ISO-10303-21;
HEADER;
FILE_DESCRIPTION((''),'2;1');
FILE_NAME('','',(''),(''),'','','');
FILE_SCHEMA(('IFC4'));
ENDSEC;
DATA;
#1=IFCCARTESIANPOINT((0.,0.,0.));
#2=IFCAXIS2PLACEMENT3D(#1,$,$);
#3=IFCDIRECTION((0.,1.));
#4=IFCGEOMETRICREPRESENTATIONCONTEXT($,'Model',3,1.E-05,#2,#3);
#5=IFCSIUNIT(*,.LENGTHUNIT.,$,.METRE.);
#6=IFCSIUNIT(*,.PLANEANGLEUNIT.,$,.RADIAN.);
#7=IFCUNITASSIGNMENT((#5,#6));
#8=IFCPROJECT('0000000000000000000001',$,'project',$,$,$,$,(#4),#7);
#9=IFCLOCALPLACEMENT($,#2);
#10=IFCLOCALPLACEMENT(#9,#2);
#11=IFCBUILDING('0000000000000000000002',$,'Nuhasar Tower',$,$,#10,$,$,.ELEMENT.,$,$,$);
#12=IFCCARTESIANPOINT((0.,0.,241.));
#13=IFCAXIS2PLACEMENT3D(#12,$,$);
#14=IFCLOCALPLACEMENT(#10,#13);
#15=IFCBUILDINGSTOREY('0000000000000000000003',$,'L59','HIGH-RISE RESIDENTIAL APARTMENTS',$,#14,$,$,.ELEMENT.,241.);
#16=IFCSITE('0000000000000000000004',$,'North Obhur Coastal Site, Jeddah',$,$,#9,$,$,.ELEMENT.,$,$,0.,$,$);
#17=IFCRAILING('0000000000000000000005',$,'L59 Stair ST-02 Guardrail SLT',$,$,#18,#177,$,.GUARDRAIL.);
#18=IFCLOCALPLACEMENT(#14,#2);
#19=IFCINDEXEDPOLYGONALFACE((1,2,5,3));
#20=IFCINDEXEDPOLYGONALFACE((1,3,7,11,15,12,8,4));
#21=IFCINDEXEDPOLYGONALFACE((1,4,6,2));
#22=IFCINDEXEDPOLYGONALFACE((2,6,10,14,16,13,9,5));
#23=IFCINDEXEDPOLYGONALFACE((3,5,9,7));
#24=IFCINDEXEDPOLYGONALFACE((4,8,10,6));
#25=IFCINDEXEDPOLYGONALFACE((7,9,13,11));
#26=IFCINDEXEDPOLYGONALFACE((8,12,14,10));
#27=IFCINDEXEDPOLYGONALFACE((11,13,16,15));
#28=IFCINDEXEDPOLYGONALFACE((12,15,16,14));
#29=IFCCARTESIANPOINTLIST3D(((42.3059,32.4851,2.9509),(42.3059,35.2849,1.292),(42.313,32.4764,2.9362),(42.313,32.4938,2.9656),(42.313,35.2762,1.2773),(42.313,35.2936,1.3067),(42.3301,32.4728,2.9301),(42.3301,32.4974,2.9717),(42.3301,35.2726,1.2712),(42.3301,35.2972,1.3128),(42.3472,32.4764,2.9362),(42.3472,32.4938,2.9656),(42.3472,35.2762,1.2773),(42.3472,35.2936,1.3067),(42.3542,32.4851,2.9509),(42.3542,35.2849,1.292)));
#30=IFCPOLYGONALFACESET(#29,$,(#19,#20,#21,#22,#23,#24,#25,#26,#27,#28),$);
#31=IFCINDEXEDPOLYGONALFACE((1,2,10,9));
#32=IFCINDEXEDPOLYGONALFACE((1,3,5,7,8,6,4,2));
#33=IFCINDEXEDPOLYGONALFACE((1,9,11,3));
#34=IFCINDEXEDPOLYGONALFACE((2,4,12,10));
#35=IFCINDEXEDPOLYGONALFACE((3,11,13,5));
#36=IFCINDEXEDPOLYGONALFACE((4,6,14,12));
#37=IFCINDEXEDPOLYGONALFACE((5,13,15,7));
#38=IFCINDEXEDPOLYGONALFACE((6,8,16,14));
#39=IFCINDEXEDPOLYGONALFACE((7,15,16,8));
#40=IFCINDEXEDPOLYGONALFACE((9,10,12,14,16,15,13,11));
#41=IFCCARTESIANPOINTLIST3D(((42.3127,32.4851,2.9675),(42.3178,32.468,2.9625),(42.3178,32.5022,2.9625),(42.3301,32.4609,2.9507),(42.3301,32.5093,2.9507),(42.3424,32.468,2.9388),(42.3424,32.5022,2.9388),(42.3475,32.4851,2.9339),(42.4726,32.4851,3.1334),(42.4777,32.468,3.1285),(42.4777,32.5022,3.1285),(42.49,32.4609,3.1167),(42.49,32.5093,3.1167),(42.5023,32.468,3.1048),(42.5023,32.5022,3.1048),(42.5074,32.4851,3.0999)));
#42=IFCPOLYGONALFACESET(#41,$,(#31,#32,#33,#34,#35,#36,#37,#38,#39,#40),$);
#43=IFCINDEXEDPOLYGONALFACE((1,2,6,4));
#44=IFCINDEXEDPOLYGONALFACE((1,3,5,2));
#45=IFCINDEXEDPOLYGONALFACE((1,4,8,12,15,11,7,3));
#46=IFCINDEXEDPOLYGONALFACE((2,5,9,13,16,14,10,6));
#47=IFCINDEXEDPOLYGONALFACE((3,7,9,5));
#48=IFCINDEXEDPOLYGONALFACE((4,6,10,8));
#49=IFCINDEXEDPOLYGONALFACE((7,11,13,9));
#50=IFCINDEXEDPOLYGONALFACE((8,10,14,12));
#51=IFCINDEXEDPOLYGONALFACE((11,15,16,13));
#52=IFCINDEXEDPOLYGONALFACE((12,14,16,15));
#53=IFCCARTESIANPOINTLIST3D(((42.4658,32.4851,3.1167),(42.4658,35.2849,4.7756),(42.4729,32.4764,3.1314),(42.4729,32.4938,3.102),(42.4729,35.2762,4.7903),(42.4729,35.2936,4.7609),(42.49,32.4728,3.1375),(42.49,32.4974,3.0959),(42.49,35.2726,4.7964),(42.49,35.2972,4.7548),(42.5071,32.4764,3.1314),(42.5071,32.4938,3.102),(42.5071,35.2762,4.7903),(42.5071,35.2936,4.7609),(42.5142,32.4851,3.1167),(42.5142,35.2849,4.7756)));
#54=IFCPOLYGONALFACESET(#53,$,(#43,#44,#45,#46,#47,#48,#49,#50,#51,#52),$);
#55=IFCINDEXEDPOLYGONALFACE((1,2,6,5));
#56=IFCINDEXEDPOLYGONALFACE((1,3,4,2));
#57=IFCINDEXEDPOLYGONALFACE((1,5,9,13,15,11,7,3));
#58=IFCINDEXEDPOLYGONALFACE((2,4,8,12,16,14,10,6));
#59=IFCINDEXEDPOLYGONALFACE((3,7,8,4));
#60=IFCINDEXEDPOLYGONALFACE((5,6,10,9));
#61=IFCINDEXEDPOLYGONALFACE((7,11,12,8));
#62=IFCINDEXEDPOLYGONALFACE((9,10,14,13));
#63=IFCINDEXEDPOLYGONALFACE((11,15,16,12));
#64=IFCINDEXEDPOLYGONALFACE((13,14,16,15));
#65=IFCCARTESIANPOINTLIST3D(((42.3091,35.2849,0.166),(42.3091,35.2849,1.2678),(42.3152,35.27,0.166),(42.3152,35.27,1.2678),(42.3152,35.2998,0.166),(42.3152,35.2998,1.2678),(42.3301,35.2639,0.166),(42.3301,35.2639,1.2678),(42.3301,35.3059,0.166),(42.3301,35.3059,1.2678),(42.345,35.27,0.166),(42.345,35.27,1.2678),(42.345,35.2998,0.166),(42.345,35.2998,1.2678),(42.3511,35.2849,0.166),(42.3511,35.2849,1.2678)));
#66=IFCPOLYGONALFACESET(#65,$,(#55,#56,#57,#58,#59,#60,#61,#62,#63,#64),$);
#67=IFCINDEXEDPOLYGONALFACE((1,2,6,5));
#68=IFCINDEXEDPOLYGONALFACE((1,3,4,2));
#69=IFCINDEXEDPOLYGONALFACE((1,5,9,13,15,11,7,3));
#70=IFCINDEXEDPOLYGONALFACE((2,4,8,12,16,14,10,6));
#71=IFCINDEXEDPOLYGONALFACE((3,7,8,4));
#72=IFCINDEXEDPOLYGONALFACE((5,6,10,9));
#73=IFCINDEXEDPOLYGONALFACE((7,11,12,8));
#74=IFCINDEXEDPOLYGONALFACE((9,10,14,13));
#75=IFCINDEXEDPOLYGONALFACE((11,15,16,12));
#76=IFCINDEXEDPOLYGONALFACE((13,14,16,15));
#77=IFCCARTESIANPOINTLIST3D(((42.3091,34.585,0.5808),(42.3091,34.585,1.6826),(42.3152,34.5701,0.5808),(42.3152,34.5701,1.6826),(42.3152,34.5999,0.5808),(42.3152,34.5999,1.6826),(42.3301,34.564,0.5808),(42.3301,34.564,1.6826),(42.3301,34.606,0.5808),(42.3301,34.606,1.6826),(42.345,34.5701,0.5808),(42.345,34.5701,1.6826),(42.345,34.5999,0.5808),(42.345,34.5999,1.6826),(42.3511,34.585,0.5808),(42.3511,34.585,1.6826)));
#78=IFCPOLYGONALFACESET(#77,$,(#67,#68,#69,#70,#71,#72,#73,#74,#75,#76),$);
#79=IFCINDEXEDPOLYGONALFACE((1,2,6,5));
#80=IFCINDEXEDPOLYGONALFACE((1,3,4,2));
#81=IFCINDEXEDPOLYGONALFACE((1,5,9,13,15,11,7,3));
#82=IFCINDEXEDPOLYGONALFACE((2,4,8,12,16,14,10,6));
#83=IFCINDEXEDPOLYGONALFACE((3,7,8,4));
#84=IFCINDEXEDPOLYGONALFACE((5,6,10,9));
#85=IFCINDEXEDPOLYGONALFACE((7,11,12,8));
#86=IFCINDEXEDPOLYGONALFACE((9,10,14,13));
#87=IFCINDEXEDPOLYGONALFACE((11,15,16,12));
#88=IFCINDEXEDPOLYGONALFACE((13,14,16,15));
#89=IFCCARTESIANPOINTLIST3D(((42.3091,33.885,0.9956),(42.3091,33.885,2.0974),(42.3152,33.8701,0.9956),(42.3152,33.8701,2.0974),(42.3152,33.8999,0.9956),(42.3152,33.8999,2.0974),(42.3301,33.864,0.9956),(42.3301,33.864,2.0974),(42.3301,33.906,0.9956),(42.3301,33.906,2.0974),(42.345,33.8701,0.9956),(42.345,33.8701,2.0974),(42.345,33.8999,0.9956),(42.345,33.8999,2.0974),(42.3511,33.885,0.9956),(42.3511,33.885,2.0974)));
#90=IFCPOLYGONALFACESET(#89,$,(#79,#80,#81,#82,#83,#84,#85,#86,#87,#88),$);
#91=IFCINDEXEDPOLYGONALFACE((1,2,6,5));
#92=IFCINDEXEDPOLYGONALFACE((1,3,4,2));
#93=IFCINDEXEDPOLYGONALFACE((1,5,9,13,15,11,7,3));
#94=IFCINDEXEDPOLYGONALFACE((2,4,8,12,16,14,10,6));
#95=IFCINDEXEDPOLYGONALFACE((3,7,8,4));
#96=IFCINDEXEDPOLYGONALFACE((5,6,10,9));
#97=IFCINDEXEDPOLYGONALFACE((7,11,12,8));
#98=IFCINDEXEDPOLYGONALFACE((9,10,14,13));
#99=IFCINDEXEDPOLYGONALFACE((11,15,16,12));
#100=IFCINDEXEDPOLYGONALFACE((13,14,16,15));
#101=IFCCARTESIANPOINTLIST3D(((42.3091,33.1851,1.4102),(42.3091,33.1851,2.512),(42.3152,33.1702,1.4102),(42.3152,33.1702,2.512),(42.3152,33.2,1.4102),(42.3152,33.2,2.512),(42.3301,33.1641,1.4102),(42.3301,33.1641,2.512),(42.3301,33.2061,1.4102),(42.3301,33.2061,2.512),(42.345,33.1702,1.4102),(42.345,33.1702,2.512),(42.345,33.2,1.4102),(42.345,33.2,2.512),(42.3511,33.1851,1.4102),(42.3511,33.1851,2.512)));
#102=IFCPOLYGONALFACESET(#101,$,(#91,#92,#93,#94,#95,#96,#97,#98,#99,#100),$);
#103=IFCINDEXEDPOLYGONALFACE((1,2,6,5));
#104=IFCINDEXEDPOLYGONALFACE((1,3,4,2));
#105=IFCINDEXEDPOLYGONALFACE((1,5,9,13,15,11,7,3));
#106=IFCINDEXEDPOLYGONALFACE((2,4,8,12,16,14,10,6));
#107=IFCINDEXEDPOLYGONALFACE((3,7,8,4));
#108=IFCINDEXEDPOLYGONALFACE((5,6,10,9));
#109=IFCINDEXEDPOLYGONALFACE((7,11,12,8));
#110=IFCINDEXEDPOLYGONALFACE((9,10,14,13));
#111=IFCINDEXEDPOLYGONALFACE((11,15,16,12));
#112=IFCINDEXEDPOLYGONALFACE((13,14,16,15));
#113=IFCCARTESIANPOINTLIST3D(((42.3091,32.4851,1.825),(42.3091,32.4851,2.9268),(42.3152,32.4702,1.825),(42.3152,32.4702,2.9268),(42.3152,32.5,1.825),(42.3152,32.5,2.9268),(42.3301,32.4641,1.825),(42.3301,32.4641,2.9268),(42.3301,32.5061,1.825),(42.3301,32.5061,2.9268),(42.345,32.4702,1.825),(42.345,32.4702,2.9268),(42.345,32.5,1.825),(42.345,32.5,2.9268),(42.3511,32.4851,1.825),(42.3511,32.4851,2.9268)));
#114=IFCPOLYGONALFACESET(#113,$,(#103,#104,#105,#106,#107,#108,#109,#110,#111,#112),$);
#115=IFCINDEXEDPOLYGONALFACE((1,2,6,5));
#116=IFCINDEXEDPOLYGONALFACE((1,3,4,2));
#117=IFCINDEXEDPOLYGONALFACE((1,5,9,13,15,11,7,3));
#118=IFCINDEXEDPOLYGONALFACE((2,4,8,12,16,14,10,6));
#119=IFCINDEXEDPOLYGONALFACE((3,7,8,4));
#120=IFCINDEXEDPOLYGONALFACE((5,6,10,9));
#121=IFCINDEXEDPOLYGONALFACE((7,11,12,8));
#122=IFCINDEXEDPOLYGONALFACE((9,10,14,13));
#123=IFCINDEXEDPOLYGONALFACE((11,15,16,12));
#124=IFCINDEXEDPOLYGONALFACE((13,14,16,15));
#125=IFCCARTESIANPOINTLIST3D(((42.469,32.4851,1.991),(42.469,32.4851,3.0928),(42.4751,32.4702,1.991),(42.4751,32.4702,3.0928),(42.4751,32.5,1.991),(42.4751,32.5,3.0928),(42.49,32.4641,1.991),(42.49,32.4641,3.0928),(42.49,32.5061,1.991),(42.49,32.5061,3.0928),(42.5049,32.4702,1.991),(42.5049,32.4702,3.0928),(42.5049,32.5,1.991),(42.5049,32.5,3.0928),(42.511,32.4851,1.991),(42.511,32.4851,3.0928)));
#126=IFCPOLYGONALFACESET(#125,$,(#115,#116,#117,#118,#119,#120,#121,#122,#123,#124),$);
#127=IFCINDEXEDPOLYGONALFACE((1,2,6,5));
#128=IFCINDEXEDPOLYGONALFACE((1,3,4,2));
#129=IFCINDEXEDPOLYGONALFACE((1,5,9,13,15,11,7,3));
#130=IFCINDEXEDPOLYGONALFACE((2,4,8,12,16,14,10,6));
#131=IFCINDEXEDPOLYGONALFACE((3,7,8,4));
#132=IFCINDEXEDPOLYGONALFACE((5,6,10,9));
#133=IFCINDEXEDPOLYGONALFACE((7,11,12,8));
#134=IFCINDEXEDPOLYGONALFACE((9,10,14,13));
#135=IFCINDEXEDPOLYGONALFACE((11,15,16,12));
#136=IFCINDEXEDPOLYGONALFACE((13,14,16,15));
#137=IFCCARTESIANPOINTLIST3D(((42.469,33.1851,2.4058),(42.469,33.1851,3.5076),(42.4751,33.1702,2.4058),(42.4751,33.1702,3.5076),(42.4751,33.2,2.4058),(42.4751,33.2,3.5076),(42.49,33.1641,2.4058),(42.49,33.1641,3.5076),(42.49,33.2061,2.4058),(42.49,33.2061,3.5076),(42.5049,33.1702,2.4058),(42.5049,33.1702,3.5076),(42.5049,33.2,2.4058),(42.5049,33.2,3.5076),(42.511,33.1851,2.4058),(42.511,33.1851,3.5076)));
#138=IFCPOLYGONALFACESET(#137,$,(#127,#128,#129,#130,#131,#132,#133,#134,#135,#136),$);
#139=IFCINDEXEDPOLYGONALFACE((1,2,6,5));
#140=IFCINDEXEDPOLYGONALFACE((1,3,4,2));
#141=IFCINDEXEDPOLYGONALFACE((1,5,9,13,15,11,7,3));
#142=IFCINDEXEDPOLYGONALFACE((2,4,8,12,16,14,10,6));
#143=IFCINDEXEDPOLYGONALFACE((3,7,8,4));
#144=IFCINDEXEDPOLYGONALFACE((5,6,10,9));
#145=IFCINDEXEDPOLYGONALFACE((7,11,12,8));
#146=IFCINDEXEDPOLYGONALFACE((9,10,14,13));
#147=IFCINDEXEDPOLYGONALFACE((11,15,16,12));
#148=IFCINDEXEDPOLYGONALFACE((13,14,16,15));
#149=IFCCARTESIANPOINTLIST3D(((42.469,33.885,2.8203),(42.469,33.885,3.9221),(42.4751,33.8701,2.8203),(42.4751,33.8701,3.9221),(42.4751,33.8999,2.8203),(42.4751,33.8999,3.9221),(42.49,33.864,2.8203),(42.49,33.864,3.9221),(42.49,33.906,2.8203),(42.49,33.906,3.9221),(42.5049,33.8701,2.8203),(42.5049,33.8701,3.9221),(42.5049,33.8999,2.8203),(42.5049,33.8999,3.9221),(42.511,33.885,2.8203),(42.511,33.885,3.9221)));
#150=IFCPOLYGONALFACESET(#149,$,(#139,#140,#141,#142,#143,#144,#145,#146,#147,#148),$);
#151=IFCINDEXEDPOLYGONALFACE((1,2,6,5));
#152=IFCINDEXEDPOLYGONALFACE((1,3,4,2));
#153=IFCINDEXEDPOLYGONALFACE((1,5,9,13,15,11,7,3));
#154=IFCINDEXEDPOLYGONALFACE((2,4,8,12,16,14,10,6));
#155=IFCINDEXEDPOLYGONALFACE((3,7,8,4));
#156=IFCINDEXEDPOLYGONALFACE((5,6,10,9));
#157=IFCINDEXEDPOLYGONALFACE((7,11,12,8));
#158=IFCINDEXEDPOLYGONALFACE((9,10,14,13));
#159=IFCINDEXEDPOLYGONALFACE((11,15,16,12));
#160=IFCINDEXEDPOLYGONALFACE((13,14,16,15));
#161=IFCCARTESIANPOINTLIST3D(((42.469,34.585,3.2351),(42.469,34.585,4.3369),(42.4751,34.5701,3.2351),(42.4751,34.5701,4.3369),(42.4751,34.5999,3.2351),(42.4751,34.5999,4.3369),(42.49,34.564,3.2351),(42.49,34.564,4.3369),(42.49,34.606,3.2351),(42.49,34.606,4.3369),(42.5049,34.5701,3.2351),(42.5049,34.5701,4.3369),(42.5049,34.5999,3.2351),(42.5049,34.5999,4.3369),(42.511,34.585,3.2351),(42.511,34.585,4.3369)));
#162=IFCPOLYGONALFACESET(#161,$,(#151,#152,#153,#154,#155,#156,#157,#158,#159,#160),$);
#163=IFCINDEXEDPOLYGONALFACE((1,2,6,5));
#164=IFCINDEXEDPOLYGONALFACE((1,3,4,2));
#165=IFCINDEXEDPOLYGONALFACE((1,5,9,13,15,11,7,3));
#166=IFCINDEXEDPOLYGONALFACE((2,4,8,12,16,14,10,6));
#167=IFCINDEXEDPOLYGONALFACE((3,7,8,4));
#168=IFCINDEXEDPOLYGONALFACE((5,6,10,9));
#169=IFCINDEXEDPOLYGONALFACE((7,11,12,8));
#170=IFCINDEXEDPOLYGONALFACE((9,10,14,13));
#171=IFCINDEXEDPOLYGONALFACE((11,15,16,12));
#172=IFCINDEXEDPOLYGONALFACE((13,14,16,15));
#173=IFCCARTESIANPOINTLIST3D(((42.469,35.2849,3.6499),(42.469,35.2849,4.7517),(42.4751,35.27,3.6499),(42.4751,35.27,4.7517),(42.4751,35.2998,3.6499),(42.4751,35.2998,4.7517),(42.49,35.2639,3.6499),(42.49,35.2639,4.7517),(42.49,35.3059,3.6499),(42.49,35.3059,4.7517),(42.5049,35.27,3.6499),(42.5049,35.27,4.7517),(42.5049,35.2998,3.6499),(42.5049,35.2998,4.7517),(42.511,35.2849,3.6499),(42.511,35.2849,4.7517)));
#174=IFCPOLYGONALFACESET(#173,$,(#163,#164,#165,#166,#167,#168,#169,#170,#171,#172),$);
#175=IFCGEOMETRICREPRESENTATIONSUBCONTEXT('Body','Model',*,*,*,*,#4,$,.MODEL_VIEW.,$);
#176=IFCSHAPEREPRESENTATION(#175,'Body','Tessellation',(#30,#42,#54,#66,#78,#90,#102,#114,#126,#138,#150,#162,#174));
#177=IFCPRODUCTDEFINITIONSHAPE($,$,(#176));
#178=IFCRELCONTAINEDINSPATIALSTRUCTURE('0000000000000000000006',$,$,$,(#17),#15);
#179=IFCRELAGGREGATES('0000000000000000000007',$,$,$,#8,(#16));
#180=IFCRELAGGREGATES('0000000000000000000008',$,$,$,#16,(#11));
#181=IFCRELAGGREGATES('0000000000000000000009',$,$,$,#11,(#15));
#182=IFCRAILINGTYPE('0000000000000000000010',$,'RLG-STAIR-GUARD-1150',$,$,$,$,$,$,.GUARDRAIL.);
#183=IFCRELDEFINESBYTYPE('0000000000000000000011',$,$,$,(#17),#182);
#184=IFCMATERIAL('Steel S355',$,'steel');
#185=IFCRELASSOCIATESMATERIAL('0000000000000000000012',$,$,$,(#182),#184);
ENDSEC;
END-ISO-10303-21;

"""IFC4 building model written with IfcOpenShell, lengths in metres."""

from ifc_helpers import new_model, si_unit, direction, frame, origin, place, context, subcontext, project, spatial, polyline, outline, extrude, material, type_object, element, save


model = new_model("IFC4")

# Units and contexts
model_context = context("Model", 3, precision=1e-05, world=origin(), true_north=direction((0.0, 1.0)))
body_context = subcontext(model_context, "Body", "Model", "MODEL_VIEW")
ifc_project = project(units=[si_unit("LENGTHUNIT", "METRE"), si_unit("PLANEANGLEUNIT", "RADIAN")], contexts=[model_context])

# Site, building, storey
site_placement = place(None, origin())
site = spatial("IfcSite", under=ifc_project, at=site_placement, Name="North Obhur Coastal Site, Jeddah", CompositionType="ELEMENT", RefElevation=0.0)
building_placement = place(site_placement, origin())
building = spatial("IfcBuilding", under=site, at=building_placement, Name="Nuhasar Tower", CompositionType="ELEMENT")
storey_placement = place(building_placement, frame((0.0, 0.0, 241.0)))
storey = spatial("IfcBuildingStorey", under=building, at=storey_placement, Name="L59", Description="HIGH-RISE RESIDENTIAL APARTMENTS", CompositionType="ELEMENT", Elevation=241.0)

# Shared definitions
ifc_material_1 = material(Name="Steel S355", Category="steel")

# Railing
railing_type_1 = type_object("IfcRailingType", Name="RLG-STAIR-GUARD-1150", PredefinedType="GUARDRAIL", material=ifc_material_1)
railing_1_placement = place(storey_placement, frame((42.3301, 35.2849, 0.166)))
element("IfcRailing", 1, at=railing_1_placement, inside=storey, type_object=railing_type_1, Name="L59 Stair ST-02 Guardrail SLT", PredefinedType="GUARDRAIL", context=body_context, shape_type="SweptSolid", body=[
    extrude(outline(polyline([(0.0242, 0.0), (0.0171, 0.0171), (0.0, 0.0242), (-0.0171, 0.0171), (-0.0242, 0.0), (-0.0171, -0.0171), (0.0, -0.0242), (0.0171, -0.0171), (0.0242, 0.0)])), frame((0.0, 0.0, 1.126), z_axis=(0.0, -0.86032, 0.509755), x_axis=(1.0, 0.0, 0.0)), (0.0, 0.0, 1.0), 3.2544),
    extrude(outline(polyline([(0.0242, 0.0), (0.0171, 0.0171), (0.0, 0.0242), (-0.0171, 0.0171), (-0.0242, 0.0), (-0.0171, -0.0171), (0.0, -0.0242), (0.0171, -0.0171), (0.0242, 0.0)])), frame((0.0, -2.7998, 2.7847), z_axis=(0.693743, 0.0, 0.720222), x_axis=(0.0, 1.0, 0.0)), (0.0, 0.0, 1.0), 0.2305),
    extrude(outline(polyline([(0.0242, 0.0), (0.0171, 0.0171), (0.0, 0.0242), (-0.0171, 0.0171), (-0.0242, 0.0), (-0.0171, -0.0171), (0.0, -0.0242), (0.0171, -0.0171), (0.0242, 0.0)])), frame((0.1599, -2.7998, 2.9507), z_axis=(0.0, 0.86032, 0.509755), x_axis=(-1.0, 0.0, 0.0)), (0.0, 0.0, 1.0), 3.2544),
    extrude(outline(polyline([(0.021, 0.0), (0.0149, 0.0149), (0.0, 0.021), (-0.0149, 0.0149), (-0.021, 0.0), (-0.0149, -0.0149), (0.0, -0.021), (0.0149, -0.0149), (0.021, 0.0)])), origin(), (0.0, 0.0, 1.0), 1.1018),
    extrude(outline(polyline([(0.021, 0.0), (0.0149, 0.0149), (0.0, 0.021), (-0.0149, 0.0149), (-0.021, 0.0), (-0.0149, -0.0149), (0.0, -0.021), (0.0149, -0.0149), (0.021, 0.0)])), frame((0.0, -0.7, 0.4148)), (0.0, 0.0, 1.0), 1.1018),
    extrude(outline(polyline([(0.021, 0.0), (0.0149, 0.0149), (0.0, 0.021), (-0.0149, 0.0149), (-0.021, 0.0), (-0.0149, -0.0149), (0.0, -0.021), (0.0149, -0.0149), (0.021, 0.0)])), frame((0.0, -1.3999, 0.8296)), (0.0, 0.0, 1.0), 1.1018),
    extrude(outline(polyline([(0.021, 0.0), (0.0149, 0.0149), (0.0, 0.021), (-0.0149, 0.0149), (-0.021, 0.0), (-0.0149, -0.0149), (0.0, -0.021), (0.0149, -0.0149), (0.021, 0.0)])), frame((0.0, -2.0999, 1.2441)), (0.0, 0.0, 1.0), 1.1018),
    extrude(outline(polyline([(0.021, 0.0), (0.0149, 0.0149), (0.0, 0.021), (-0.0149, 0.0149), (-0.021, 0.0), (-0.0149, -0.0149), (0.0, -0.021), (0.0149, -0.0149), (0.021, 0.0)])), frame((0.0, -2.7998, 1.6589)), (0.0, 0.0, 1.0), 1.1018),
    extrude(outline(polyline([(0.021, 0.0), (0.0149, 0.0149), (0.0, 0.021), (-0.0149, 0.0149), (-0.021, 0.0), (-0.0149, -0.0149), (0.0, -0.021), (0.0149, -0.0149), (0.021, 0.0)])), frame((0.1599, -2.7998, 1.825)), (0.0, 0.0, 1.0), 1.1018),
    extrude(outline(polyline([(0.021, 0.0), (0.0149, 0.0149), (0.0, 0.021), (-0.0149, 0.0149), (-0.021, 0.0), (-0.0149, -0.0149), (0.0, -0.021), (0.0149, -0.0149), (0.021, 0.0)])), frame((0.1599, -2.0999, 2.2397)), (0.0, 0.0, 1.0), 1.1018),
    extrude(outline(polyline([(0.021, 0.0), (0.0149, 0.0149), (0.0, 0.021), (-0.0149, 0.0149), (-0.021, 0.0), (-0.0149, -0.0149), (0.0, -0.021), (0.0149, -0.0149), (0.021, 0.0)])), frame((0.1599, -1.3999, 2.6543)), (0.0, 0.0, 1.0), 1.1018),
    extrude(outline(polyline([(0.021, 0.0), (0.0149, 0.0149), (0.0, 0.021), (-0.0149, 0.0149), (-0.021, 0.0), (-0.0149, -0.0149), (0.0, -0.021), (0.0149, -0.0149), (0.021, 0.0)])), frame((0.1599, -0.7, 3.0691)), (0.0, 0.0, 1.0), 1.1018),
    extrude(outline(polyline([(0.021, 0.0), (0.0149, 0.0149), (0.0, 0.021), (-0.0149, 0.0149), (-0.021, 0.0), (-0.0149, -0.0149), (0.0, -0.021), (0.0149, -0.0149), (0.021, 0.0)])), frame((0.1599, 0.0, 3.4839)), (0.0, 0.0, 1.0), 1.1018),
])

save(model, "model.ifc")
